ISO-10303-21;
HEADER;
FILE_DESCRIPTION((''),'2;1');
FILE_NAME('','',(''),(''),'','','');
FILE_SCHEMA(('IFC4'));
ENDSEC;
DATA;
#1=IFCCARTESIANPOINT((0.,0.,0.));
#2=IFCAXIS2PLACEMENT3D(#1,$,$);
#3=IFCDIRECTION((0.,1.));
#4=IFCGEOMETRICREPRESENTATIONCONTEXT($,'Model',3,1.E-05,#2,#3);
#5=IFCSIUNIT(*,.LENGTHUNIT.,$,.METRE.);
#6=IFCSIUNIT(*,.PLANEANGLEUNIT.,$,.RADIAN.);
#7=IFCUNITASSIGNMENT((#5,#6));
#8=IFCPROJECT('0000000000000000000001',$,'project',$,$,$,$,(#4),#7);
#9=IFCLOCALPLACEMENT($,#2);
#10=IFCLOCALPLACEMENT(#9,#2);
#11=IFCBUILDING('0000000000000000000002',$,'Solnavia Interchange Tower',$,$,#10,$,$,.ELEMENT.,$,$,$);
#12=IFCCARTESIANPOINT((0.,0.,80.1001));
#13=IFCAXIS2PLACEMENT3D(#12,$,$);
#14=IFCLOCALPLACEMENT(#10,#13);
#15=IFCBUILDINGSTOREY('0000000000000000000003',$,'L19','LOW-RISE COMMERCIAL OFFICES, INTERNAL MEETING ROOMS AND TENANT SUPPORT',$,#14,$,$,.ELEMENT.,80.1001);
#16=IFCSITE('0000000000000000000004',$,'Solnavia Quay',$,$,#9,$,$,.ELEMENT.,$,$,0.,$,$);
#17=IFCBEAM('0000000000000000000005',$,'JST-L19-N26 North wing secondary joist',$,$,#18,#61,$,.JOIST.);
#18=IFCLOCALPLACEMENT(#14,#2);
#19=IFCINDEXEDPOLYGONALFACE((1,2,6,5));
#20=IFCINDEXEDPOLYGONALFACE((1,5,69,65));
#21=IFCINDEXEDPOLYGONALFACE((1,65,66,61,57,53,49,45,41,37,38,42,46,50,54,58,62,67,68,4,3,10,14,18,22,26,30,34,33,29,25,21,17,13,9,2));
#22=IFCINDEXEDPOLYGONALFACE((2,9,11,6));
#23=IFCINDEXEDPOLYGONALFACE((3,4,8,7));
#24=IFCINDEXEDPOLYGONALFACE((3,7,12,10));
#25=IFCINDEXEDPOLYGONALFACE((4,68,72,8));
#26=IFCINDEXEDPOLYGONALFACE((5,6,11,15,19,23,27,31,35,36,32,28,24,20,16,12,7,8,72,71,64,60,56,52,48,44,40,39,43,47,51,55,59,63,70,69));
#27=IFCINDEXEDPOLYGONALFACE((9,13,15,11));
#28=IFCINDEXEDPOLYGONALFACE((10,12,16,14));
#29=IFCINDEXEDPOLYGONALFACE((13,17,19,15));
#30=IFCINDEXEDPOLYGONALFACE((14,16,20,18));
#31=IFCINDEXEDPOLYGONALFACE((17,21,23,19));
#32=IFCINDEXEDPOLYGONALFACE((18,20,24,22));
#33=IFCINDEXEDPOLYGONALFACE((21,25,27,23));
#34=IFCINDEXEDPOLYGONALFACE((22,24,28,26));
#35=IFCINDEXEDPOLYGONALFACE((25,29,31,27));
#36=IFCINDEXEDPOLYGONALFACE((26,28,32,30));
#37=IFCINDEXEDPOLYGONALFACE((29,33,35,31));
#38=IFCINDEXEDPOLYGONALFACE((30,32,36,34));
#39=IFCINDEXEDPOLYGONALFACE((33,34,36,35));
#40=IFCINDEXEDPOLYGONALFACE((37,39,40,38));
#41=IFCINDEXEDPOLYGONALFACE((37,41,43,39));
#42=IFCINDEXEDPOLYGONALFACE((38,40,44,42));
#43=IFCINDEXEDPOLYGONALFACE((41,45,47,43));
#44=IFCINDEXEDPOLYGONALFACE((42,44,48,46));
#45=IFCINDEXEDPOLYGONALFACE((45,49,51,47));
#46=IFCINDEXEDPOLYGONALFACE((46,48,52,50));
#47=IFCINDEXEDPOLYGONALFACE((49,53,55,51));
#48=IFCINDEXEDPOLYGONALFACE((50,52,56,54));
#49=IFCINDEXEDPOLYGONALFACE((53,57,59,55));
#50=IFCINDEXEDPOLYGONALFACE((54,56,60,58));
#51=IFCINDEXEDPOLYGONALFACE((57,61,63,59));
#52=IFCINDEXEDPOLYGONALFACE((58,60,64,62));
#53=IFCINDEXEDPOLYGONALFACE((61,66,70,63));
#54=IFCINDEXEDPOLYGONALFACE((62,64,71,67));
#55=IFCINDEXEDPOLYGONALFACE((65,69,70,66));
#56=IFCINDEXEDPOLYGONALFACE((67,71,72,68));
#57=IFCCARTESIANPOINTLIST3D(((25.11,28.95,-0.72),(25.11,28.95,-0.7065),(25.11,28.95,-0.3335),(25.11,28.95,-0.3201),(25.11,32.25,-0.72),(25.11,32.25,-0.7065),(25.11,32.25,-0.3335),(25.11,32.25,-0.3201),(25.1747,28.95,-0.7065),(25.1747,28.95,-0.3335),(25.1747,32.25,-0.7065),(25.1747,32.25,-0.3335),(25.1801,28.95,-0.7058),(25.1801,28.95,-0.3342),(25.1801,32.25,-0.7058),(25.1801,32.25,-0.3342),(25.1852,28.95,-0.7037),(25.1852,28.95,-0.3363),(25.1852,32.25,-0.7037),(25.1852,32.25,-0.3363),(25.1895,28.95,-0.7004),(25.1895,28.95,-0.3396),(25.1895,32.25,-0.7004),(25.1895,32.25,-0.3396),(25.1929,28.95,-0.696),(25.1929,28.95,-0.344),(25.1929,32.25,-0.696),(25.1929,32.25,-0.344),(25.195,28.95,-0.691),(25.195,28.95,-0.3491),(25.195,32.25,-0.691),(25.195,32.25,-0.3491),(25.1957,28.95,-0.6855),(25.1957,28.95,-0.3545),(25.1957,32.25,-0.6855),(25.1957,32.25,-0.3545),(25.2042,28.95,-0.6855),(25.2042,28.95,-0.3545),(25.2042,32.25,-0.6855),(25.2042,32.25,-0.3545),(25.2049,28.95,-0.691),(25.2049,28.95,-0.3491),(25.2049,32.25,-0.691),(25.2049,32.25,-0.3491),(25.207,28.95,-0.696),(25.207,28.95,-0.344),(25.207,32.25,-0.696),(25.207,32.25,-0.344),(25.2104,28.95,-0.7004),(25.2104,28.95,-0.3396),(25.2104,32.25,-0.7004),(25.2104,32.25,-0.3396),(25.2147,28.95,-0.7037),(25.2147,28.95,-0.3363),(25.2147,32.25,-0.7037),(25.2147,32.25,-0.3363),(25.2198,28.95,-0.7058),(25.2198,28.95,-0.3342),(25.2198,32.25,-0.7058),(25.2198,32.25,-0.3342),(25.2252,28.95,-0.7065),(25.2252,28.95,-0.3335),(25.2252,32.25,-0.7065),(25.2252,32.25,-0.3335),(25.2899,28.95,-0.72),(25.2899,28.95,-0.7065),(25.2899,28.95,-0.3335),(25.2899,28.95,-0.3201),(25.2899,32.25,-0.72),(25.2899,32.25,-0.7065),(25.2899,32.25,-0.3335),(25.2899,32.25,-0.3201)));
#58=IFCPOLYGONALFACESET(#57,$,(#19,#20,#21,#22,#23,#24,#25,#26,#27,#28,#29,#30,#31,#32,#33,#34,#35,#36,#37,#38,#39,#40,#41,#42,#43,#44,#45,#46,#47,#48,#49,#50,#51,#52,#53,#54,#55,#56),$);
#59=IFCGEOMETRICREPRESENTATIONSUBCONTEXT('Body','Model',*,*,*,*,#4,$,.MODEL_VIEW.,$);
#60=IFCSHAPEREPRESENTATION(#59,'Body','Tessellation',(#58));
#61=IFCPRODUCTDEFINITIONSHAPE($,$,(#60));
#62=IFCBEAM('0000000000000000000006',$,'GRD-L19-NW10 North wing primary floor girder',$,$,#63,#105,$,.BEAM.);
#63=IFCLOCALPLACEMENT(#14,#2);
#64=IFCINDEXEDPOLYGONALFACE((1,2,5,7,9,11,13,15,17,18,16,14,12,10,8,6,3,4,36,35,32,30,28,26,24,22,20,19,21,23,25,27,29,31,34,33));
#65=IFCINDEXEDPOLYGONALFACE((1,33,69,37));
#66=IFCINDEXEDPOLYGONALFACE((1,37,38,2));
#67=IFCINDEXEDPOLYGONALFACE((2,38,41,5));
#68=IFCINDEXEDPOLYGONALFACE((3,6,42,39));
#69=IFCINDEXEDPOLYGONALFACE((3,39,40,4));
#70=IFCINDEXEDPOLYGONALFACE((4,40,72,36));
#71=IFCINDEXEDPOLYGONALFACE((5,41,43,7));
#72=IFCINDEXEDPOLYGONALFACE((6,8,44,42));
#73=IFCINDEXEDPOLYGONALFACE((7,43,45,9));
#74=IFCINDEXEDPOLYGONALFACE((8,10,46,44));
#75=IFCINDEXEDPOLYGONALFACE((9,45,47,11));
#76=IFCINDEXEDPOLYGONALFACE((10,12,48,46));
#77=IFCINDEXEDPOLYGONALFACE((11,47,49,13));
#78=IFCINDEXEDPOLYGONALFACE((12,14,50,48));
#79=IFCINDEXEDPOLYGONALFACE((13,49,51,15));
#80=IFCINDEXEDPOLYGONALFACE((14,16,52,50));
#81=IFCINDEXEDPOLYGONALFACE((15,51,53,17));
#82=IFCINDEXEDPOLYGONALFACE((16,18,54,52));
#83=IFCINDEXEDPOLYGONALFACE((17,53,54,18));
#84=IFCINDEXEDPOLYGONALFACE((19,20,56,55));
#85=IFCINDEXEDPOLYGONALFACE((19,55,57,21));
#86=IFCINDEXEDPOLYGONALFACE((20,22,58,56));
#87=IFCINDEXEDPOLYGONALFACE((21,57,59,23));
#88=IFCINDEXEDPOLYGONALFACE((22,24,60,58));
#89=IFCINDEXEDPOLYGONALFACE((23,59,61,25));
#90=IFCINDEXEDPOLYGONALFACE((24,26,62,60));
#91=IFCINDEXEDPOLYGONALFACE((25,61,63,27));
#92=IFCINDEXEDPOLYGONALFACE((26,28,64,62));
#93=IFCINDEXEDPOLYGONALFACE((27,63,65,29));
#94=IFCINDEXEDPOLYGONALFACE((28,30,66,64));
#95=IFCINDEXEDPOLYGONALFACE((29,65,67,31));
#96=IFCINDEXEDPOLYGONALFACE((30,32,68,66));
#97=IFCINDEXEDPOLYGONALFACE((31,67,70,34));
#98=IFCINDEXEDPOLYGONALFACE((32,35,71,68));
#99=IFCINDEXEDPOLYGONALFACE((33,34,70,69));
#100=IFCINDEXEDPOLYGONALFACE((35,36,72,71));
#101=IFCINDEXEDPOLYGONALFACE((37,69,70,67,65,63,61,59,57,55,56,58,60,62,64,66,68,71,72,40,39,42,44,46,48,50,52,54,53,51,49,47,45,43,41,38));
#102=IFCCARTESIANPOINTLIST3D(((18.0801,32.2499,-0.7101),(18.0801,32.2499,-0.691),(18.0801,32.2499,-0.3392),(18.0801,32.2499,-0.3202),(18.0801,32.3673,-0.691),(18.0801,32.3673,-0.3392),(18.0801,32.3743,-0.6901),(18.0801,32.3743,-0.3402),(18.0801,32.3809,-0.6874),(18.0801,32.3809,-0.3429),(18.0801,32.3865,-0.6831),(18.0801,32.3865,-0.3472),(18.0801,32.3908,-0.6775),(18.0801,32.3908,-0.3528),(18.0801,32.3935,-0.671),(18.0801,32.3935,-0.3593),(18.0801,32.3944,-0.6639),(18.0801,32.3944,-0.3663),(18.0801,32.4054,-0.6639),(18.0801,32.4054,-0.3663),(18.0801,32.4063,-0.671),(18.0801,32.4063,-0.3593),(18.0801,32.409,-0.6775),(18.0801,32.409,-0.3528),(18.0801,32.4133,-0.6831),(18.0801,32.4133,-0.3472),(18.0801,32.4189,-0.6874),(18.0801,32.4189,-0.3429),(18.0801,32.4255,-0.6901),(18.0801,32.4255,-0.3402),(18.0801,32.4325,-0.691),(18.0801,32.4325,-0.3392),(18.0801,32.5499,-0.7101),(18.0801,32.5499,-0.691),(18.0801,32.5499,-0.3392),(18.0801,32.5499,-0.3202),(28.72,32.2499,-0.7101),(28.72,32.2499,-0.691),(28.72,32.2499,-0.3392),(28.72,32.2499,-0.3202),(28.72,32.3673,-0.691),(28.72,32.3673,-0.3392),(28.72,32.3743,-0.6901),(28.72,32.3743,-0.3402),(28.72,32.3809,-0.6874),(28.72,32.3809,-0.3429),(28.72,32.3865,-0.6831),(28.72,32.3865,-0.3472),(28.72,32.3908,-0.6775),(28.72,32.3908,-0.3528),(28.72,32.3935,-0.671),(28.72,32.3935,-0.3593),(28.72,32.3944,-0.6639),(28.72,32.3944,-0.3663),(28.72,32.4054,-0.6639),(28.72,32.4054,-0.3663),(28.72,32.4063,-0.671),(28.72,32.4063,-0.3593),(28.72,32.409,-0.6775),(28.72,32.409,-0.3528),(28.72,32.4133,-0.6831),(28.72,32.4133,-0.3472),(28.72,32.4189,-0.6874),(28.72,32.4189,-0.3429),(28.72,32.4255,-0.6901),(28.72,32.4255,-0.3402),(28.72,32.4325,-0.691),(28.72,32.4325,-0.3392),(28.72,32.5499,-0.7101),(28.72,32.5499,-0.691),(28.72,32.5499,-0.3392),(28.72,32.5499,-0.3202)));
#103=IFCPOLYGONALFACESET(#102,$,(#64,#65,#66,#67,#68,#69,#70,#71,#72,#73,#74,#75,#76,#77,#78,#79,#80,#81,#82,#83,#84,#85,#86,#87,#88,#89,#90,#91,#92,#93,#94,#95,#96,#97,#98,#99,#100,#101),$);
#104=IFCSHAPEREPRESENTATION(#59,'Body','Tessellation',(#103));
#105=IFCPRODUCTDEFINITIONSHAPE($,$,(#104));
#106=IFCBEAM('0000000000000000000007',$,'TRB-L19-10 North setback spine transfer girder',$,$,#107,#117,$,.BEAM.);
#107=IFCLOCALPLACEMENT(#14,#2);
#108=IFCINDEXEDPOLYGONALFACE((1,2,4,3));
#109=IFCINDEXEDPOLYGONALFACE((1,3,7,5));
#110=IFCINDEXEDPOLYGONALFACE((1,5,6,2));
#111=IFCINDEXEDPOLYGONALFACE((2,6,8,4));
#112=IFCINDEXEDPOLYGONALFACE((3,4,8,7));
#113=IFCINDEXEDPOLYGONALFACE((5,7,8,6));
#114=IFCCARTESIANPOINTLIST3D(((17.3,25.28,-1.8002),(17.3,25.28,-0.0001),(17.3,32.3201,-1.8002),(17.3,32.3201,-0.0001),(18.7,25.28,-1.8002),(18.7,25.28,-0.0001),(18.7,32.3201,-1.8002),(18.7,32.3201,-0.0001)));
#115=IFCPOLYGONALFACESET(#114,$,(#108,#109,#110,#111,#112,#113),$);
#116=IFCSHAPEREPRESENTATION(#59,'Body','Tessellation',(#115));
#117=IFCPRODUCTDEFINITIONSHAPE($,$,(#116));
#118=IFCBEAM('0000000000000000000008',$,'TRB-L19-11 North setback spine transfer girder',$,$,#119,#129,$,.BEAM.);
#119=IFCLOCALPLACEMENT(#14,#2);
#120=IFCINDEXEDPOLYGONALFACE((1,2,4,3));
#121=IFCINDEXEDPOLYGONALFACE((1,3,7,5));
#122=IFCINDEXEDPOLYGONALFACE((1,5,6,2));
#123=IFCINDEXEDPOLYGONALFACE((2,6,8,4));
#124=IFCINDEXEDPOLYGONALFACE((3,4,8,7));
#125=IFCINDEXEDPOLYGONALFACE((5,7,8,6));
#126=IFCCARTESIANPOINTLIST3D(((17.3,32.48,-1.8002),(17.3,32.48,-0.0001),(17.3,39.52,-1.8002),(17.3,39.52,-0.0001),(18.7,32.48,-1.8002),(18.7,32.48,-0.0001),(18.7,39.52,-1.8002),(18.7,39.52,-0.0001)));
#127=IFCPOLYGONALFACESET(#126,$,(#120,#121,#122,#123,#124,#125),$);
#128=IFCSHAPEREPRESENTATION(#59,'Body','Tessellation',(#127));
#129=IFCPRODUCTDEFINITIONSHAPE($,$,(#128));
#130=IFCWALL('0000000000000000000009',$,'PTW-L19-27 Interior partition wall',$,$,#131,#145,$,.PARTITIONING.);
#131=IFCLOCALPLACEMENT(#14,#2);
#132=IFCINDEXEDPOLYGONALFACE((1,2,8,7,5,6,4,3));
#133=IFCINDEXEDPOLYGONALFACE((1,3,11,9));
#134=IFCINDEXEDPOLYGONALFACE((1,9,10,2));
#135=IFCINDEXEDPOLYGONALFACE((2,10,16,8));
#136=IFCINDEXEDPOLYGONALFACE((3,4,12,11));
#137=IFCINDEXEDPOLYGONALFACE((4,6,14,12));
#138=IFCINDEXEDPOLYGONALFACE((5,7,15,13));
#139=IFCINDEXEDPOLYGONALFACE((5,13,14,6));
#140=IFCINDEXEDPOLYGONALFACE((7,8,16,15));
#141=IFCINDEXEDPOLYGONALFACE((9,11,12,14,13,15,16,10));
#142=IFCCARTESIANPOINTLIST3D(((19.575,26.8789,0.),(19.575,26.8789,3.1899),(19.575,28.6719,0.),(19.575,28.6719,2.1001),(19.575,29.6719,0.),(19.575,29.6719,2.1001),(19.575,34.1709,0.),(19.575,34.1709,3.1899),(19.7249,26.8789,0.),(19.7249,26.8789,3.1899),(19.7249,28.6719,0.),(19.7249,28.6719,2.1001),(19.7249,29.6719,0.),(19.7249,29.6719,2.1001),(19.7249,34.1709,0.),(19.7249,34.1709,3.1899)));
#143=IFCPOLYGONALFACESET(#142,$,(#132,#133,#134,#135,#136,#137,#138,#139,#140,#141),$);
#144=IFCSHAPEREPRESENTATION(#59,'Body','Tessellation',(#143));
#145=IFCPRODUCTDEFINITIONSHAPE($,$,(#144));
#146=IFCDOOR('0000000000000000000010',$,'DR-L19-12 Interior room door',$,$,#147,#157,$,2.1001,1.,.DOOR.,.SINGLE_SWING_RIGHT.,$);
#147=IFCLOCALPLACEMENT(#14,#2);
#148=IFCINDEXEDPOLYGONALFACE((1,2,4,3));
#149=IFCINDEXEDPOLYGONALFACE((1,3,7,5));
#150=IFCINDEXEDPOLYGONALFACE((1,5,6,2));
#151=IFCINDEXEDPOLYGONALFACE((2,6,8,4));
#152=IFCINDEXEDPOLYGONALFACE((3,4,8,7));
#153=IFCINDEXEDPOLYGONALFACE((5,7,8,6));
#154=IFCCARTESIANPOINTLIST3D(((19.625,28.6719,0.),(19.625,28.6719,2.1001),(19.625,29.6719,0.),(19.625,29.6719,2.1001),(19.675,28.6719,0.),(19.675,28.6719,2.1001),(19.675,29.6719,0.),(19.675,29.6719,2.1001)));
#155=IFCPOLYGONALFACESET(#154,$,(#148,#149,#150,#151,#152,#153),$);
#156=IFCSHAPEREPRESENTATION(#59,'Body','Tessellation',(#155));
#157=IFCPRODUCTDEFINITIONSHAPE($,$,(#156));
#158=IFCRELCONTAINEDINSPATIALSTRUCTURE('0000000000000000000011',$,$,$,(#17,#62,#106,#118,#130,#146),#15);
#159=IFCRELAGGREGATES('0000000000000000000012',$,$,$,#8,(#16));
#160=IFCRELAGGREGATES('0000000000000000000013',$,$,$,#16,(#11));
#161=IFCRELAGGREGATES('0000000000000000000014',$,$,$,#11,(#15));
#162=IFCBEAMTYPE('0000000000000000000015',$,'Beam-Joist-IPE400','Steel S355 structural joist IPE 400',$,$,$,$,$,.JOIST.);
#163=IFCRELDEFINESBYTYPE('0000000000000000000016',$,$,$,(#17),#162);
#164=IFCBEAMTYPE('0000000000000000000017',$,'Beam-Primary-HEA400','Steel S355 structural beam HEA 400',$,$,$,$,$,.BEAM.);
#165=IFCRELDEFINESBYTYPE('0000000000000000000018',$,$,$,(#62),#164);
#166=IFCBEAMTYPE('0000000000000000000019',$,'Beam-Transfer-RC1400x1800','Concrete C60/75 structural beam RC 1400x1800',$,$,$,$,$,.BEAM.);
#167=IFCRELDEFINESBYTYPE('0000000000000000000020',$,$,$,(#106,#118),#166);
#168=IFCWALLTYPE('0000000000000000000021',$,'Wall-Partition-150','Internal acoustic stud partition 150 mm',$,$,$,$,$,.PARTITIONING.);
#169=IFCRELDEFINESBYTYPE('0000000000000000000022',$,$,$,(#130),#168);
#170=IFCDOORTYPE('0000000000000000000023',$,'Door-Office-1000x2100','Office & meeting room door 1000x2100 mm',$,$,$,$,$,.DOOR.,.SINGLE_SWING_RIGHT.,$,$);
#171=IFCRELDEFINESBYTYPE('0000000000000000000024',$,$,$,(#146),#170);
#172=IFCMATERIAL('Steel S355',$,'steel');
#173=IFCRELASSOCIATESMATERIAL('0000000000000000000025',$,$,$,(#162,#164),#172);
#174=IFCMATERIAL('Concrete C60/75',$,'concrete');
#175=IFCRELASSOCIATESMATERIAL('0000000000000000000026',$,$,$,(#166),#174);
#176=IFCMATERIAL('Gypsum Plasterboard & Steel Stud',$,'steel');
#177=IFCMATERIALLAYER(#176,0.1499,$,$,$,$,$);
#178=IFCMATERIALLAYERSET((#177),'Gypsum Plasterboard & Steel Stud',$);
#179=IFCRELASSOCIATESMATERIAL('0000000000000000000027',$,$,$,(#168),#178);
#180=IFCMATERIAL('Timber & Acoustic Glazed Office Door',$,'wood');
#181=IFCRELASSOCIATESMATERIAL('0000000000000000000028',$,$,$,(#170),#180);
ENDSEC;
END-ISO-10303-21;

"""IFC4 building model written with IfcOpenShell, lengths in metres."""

from ifc_helpers import new_model, si_unit, direction, frame, frame_2d, origin, origin_2d, place, context, subcontext, project, spatial, rectangle, i_section, extrude, material, layer, layer_set, material_profile, profile_set, type_object, element, fill, save


model = new_model("IFC4")

# Units and contexts
model_context = context("Model", 3, precision=1e-05, world=origin(), true_north=direction((0.0, 1.0)))
body_context = subcontext(model_context, "Body", "Model", "MODEL_VIEW")
ifc_project = project(units=[si_unit("LENGTHUNIT", "METRE"), si_unit("PLANEANGLEUNIT", "RADIAN")], contexts=[model_context])

# Site, building, storey
site_placement = place(None, origin())
site = spatial("IfcSite", under=ifc_project, at=site_placement, Name="Solnavia Quay", CompositionType="ELEMENT", RefElevation=0.0)
building_placement = place(site_placement, origin())
building = spatial("IfcBuilding", under=site, at=building_placement, Name="Solnavia Interchange Tower", CompositionType="ELEMENT")
storey_placement = place(building_placement, frame((0.0, 0.0, 80.1001)))
storey = spatial("IfcBuildingStorey", under=building, at=storey_placement, Name="L19", Description="LOW-RISE COMMERCIAL OFFICES, INTERNAL MEETING ROOMS AND TENANT SUPPORT", CompositionType="ELEMENT", Elevation=80.1001)

# Shared definitions
ifc_material_1 = material(Name="Steel S355", Category="steel")

# Beams
ifc_material_profile_1 = material_profile(ifc_material_1, i_section(OverallWidth=0.1799, OverallDepth=0.3999, WebThickness=0.0085, FlangeThickness=0.0134, FilletRadius=0.021, at=origin_2d()), Name="IPE 400")
ifc_profile_set_1 = profile_set([ifc_material_profile_1], Name="Steel S355")
beam_type_1 = type_object("IfcBeamType", Name="Beam-Joist-IPE400", Description="Steel S355 structural joist IPE 400", PredefinedType="JOIST", material=ifc_profile_set_1)
for number, where, z_axis, x_axis, name in (
    (1, (25.2, 28.95, -0.52), (0.0, 1.0, 0.0), (-1.0, 0.0, 0.0), "JST-L19-N26 North wing secondary joist"),
):
    element("IfcBeam", number, at=place(storey_placement, frame(where, z_axis=z_axis, x_axis=x_axis)), inside=storey, type_object=beam_type_1, Name=name, PredefinedType="JOIST", context=body_context, shape_type="SweptSolid", body=[
        extrude(i_section(OverallWidth=0.1799, OverallDepth=0.3999, WebThickness=0.0085, FlangeThickness=0.0134, FilletRadius=0.021, at=origin_2d()), origin(), (0.0, 0.0, 1.0), 3.3),
    ])
ifc_material_profile_2 = material_profile(ifc_material_1, i_section(OverallWidth=0.3, OverallDepth=0.3899, WebThickness=0.011, FlangeThickness=0.019, FilletRadius=0.0271, at=origin_2d()), Name="HEA 400")
ifc_profile_set_2 = profile_set([ifc_material_profile_2], Name="Steel S355")
beam_type_2 = type_object("IfcBeamType", Name="Beam-Primary-HEA400", Description="Steel S355 structural beam HEA 400", PredefinedType="BEAM", material=ifc_profile_set_2)
beam_placement = place(storey_placement, frame((18.0801, 32.3999, -0.5151), z_axis=(1.0, 0.0, 0.0), x_axis=(0.0, 1.0, 0.0)))
element("IfcBeam", 2, at=beam_placement, inside=storey, type_object=beam_type_2, Name="GRD-L19-NW10 North wing primary floor girder", PredefinedType="BEAM", context=body_context, shape_type="SweptSolid", body=[
    extrude(i_section(OverallWidth=0.3, OverallDepth=0.3899, WebThickness=0.011, FlangeThickness=0.019, FilletRadius=0.0271, at=origin_2d()), origin(), (0.0, 0.0, 1.0), 10.6399),
])
ifc_material_2 = material(Name="Concrete C60/75", Category="concrete")
ifc_material_profile_3 = material_profile(ifc_material_2, rectangle(XDim=1.3999, YDim=1.8, at=origin_2d()), Name="RC 1400x1800")
ifc_profile_set_3 = profile_set([ifc_material_profile_3], Name="Concrete C60/75")
beam_type_3 = type_object("IfcBeamType", Name="Beam-Transfer-RC1400x1800", Description="Concrete C60/75 structural beam RC 1400x1800", PredefinedType="BEAM", material=ifc_profile_set_3)
for number, where, z_axis, x_axis, name in (
    (3, (18.0, 25.28, -0.9001), (0.0, 1.0, 0.0), (-1.0, 0.0, 0.0), "TRB-L19-10 North setback spine transfer girder"),
    (4, (18.0, 32.48, -0.9001), (0.0, 1.0, 0.0), (-1.0, 0.0, 0.0), "TRB-L19-11 North setback spine transfer girder"),
):
    element("IfcBeam", number, at=place(storey_placement, frame(where, z_axis=z_axis, x_axis=x_axis)), inside=storey, type_object=beam_type_3, Name=name, PredefinedType="BEAM", context=body_context, shape_type="SweptSolid", body=[
        extrude(rectangle(XDim=1.3999, YDim=1.8, at=origin_2d()), origin(), (0.0, 0.0, 1.0), 7.04),
    ])

# Wall, opening, door
ifc_material_3 = material(Name="Gypsum Plasterboard & Steel Stud", Category="steel")
ifc_layer_1 = layer(ifc_material_3, 0.1499)
ifc_layer_set_1 = layer_set([ifc_layer_1], Name="Gypsum Plasterboard & Steel Stud")
wall_type_1 = type_object("IfcWallType", Name="Wall-Partition-150", Description="Internal acoustic stud partition 150 mm", PredefinedType="PARTITIONING", material=ifc_layer_set_1)
wall_1_placement = place(storey_placement, frame((19.6499, 26.8789, 0.0), z_axis=(0.0, 0.0, 1.0), x_axis=(0.0, 1.0, 0.0)))
wall_1 = element("IfcWall", 5, at=wall_1_placement, inside=storey, type_object=wall_type_1, Name="PTW-L19-27 Interior partition wall", PredefinedType="PARTITIONING", context=body_context, shape_type="SweptSolid", body=[
    extrude(rectangle(XDim=7.292, YDim=0.1499, at=frame_2d((3.646, 0.0))), origin(), (0.0, 0.0, 1.0), 3.1899),
])
opening_1_placement = place(wall_1_placement, frame((1.793, 0.0, 0.0)))
opening_1 = element("IfcOpeningElement", 6, at=opening_1_placement, cuts=wall_1, PredefinedType="OPENING", context=body_context, shape_type="SweptSolid", body=[
    extrude(rectangle(XDim=1.0, YDim=2.1001, at=frame_2d((0.5, 1.05))), frame((0.0, 0.085, 0.0), z_axis=(0.0, -1.0, 0.0), x_axis=(1.0, 0.0, 0.0)), (0.0, 0.0, 1.0), 0.1699),
])
ifc_material_4 = material(Name="Timber & Acoustic Glazed Office Door", Category="wood")
door_type = type_object("IfcDoorType", Name="Door-Office-1000x2100", Description="Office & meeting room door 1000x2100 mm", OperationType="SINGLE_SWING_RIGHT", PredefinedType="DOOR", material=ifc_material_4)
door_1_placement = place(opening_1_placement, origin())
door_1 = element("IfcDoor", 7, at=door_1_placement, inside=storey, type_object=door_type, Name="DR-L19-12 Interior room door", OperationType="SINGLE_SWING_RIGHT", OverallHeight=2.1001, OverallWidth=1.0, PredefinedType="DOOR", context=body_context, shape_type="SweptSolid", body=[
    extrude(rectangle(XDim=1.0, YDim=2.1001, at=frame_2d((0.5, 1.05))), frame((0.0, 0.0249, 0.0), z_axis=(0.0, -1.0, 0.0), x_axis=(1.0, 0.0, 0.0)), (0.0, 0.0, 1.0), 0.05),
])
fill(opening_1, door_1)

save(model, "model.ifc")
